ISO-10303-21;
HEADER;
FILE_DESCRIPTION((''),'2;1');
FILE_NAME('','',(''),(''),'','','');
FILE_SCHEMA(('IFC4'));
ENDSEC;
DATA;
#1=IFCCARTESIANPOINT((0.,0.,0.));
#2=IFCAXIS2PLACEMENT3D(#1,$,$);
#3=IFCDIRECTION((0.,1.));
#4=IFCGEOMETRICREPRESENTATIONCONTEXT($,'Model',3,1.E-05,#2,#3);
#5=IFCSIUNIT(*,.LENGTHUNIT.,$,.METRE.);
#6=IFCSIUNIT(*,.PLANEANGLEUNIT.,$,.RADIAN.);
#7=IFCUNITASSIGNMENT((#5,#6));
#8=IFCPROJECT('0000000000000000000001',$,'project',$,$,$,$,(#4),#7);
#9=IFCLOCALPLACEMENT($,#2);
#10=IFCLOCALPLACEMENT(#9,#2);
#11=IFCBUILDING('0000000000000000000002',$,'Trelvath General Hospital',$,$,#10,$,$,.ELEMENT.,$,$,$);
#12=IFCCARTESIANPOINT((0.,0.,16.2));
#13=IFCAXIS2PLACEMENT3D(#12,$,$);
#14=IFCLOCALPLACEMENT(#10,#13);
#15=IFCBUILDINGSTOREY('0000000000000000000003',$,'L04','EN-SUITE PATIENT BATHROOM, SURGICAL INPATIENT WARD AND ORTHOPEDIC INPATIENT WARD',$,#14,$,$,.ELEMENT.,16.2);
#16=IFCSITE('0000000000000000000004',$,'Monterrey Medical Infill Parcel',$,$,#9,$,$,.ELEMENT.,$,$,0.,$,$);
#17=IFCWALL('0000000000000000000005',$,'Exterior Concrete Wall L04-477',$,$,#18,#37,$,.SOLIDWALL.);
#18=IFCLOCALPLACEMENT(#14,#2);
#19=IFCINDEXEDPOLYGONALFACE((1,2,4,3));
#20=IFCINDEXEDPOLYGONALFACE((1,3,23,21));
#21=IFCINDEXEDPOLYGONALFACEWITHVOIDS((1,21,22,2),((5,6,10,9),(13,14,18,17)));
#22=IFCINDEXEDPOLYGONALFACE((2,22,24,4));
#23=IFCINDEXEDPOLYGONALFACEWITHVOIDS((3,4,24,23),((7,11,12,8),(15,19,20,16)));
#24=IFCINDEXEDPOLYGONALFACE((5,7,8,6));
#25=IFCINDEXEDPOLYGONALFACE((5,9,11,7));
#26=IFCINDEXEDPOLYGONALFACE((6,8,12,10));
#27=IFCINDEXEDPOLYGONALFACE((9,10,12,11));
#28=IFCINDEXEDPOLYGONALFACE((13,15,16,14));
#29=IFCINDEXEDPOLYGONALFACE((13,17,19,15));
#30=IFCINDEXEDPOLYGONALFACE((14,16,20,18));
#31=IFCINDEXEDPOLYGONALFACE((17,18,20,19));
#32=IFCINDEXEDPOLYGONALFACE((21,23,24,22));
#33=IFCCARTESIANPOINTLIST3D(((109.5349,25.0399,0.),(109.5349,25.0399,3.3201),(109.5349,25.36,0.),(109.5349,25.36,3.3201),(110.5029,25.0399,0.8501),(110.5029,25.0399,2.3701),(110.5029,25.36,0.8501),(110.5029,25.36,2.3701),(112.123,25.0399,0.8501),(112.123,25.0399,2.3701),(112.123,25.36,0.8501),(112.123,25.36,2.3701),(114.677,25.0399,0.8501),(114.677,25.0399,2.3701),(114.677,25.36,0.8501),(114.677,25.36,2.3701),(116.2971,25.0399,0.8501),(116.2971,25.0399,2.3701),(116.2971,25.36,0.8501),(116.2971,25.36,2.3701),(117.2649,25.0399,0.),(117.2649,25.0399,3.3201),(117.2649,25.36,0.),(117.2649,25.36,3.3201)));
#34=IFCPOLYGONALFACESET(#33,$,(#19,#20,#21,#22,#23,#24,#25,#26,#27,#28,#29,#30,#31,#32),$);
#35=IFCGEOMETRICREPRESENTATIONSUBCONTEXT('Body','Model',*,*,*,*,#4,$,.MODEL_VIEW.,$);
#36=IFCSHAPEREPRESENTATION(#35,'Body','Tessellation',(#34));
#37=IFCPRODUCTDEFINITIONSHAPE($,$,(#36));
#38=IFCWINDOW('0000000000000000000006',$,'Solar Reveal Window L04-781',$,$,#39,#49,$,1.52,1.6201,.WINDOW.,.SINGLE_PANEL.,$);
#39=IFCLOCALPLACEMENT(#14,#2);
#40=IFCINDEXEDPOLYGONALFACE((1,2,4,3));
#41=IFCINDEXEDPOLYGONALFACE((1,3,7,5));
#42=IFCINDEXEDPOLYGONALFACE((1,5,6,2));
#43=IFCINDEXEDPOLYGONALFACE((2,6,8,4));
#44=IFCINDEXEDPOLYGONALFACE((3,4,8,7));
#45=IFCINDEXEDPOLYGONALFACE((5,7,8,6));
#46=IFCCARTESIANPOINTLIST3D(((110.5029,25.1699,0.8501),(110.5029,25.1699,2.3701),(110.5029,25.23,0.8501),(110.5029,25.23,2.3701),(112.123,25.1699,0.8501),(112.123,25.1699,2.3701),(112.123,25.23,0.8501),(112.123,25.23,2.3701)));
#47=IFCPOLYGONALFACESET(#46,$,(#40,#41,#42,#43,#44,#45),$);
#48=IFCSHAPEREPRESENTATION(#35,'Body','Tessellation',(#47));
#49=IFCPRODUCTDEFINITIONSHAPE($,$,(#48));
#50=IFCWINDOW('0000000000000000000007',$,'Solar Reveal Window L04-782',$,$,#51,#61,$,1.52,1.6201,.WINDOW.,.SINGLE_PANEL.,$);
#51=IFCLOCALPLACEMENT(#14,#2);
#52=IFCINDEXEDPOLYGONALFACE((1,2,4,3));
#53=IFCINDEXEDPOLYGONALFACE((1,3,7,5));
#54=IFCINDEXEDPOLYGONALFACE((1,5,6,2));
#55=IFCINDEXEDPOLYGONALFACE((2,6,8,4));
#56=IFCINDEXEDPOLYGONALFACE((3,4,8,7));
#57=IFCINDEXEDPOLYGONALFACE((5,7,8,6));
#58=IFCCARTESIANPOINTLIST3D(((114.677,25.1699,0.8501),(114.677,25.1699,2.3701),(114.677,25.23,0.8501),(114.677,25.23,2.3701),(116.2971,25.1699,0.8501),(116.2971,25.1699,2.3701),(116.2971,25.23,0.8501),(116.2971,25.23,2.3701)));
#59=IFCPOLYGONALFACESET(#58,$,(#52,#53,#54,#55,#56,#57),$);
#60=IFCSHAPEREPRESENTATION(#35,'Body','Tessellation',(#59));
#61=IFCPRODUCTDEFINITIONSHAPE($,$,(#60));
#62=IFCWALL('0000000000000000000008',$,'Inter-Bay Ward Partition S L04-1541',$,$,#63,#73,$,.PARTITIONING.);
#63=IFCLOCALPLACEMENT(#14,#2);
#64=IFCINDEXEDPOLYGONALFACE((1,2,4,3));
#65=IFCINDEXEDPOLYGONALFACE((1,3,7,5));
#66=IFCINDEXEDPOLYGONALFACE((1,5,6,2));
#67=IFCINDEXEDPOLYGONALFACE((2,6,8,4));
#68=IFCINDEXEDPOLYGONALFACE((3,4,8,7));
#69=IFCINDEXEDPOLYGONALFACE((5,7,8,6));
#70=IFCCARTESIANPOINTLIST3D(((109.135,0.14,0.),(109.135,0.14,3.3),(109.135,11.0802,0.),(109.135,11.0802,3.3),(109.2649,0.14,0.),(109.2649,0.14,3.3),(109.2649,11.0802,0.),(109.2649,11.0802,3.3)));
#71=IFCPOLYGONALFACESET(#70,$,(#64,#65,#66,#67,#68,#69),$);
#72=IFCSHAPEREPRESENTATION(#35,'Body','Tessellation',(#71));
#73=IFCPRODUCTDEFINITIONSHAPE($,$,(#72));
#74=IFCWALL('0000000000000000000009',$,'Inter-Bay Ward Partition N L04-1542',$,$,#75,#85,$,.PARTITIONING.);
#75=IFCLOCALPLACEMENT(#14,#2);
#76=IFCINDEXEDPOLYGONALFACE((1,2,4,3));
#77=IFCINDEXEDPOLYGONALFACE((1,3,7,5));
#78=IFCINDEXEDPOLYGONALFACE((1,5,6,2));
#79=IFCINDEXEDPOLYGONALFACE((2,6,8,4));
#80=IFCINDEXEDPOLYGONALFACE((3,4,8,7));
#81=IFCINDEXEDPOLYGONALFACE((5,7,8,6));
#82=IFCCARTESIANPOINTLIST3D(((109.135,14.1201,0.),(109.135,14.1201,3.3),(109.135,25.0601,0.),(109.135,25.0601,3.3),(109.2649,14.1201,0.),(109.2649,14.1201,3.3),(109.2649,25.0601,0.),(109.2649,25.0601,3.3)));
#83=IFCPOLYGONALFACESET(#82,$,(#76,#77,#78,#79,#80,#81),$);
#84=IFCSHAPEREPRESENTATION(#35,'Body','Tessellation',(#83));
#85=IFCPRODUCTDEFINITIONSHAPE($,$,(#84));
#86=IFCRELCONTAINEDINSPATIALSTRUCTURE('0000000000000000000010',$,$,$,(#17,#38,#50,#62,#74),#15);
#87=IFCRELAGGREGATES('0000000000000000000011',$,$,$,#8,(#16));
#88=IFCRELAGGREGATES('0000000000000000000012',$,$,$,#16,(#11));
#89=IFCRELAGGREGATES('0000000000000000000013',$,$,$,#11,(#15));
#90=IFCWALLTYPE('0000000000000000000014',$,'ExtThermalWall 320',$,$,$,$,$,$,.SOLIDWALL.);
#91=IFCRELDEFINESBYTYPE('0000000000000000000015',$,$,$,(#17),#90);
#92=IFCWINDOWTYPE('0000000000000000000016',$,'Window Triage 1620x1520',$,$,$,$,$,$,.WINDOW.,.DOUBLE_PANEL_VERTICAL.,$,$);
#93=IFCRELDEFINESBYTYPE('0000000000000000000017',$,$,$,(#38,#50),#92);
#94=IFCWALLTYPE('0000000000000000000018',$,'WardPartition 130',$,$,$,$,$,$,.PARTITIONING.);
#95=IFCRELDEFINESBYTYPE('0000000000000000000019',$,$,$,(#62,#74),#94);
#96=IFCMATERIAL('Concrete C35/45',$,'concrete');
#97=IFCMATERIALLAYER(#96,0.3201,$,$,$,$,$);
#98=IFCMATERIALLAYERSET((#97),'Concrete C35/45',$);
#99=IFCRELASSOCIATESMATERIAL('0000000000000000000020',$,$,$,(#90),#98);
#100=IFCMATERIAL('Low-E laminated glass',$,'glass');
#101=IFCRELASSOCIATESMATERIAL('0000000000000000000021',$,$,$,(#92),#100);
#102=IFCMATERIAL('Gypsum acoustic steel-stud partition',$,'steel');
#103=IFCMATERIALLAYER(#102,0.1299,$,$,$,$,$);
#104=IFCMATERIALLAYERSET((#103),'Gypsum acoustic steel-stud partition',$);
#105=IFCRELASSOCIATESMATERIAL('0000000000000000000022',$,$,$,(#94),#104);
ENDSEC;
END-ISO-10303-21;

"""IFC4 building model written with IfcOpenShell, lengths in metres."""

from ifc_helpers import new_model, si_unit, direction, frame, frame_2d, origin, place, context, subcontext, project, spatial, rectangle, extrude, material, layer, layer_set, type_object, element, fill, save


model = new_model("IFC4")

# Units and contexts
model_context = context("Model", 3, precision=1e-05, world=origin(), true_north=direction((0.0, 1.0)))
body_context = subcontext(model_context, "Body", "Model", "MODEL_VIEW")
ifc_project = project(units=[si_unit("LENGTHUNIT", "METRE"), si_unit("PLANEANGLEUNIT", "RADIAN")], contexts=[model_context])

# Site, building, storey
site_placement = place(None, origin())
site = spatial("IfcSite", under=ifc_project, at=site_placement, Name="Monterrey Medical Infill Parcel", CompositionType="ELEMENT", RefElevation=0.0)
building_placement = place(site_placement, origin())
building = spatial("IfcBuilding", under=site, at=building_placement, Name="Trelvath General Hospital", CompositionType="ELEMENT")
storey_placement = place(building_placement, frame((0.0, 0.0, 16.2)))
storey = spatial("IfcBuildingStorey", under=building, at=storey_placement, Name="L04", Description="EN-SUITE PATIENT BATHROOM, SURGICAL INPATIENT WARD AND ORTHOPEDIC INPATIENT WARD", CompositionType="ELEMENT", Elevation=16.2)

# Wall, openings, windows
ifc_material_1 = material(Name="Concrete C35/45", Category="concrete")
ifc_layer_1 = layer(ifc_material_1, 0.3201)
ifc_layer_set_1 = layer_set([ifc_layer_1], Name="Concrete C35/45")
wall_type_1 = type_object("IfcWallType", Name="ExtThermalWall 320", PredefinedType="SOLIDWALL", material=ifc_layer_set_1)
wall_1_placement = place(storey_placement, frame((109.5349, 25.2, 0.0), z_axis=(0.0, 0.0, 1.0), x_axis=(1.0, 0.0, 0.0)))
wall_1 = element("IfcWall", 1, at=wall_1_placement, inside=storey, type_object=wall_type_1, Name="Exterior Concrete Wall L04-477", PredefinedType="SOLIDWALL", context=body_context, shape_type="SweptSolid", body=[
    extrude(rectangle(XDim=7.73, YDim=0.3201, at=frame_2d((3.865, 0.0))), origin(), (0.0, 0.0, 1.0), 3.3201),
])
opening_1_placement = place(wall_1_placement, frame((0.968, 0.0, 0.8501)))
opening_1 = element("IfcOpeningElement", 2, at=opening_1_placement, cuts=wall_1, PredefinedType="OPENING", context=body_context, shape_type="SweptSolid", body=[
    extrude(rectangle(XDim=1.6201, YDim=1.52, at=frame_2d((0.8101, 0.76))), frame((0.0, 0.1699, 0.0), z_axis=(0.0, -1.0, 0.0), x_axis=(1.0, 0.0, 0.0)), (0.0, 0.0, 1.0), 0.3401),
])
opening_2_placement = place(wall_1_placement, frame((5.1421, 0.0, 0.8501)))
opening_2 = element("IfcOpeningElement", 3, at=opening_2_placement, cuts=wall_1, PredefinedType="OPENING", context=body_context, shape_type="SweptSolid", body=[
    extrude(rectangle(XDim=1.6201, YDim=1.52, at=frame_2d((0.8101, 0.76))), frame((0.0, 0.1699, 0.0), z_axis=(0.0, -1.0, 0.0), x_axis=(1.0, 0.0, 0.0)), (0.0, 0.0, 1.0), 0.3401),
])
ifc_material_2 = material(Name="Low-E laminated glass", Category="glass")
window_type_1 = type_object("IfcWindowType", Name="Window Triage 1620x1520", PartitioningType="DOUBLE_PANEL_VERTICAL", PredefinedType="WINDOW", material=ifc_material_2)
window_1_placement = place(opening_1_placement, origin())
window_1 = element("IfcWindow", 4, at=window_1_placement, inside=storey, type_object=window_type_1, Name="Solar Reveal Window L04-781", OverallHeight=1.52, OverallWidth=1.6201, PartitioningType="SINGLE_PANEL", PredefinedType="WINDOW", context=body_context, shape_type="SweptSolid", body=[
    extrude(rectangle(XDim=1.6201, YDim=1.52, at=frame_2d((0.8101, 0.76))), frame((0.0, 0.03, 0.0), z_axis=(0.0, -1.0, 0.0), x_axis=(1.0, 0.0, 0.0)), (0.0, 0.0, 1.0), 0.0601),
])
fill(opening_1, window_1)
window_2_placement = place(opening_2_placement, origin())
window_2 = element("IfcWindow", 5, at=window_2_placement, inside=storey, type_object=window_type_1, Name="Solar Reveal Window L04-782", OverallHeight=1.52, OverallWidth=1.6201, PartitioningType="SINGLE_PANEL", PredefinedType="WINDOW", context=body_context, shape_type="SweptSolid", body=[
    extrude(rectangle(XDim=1.6201, YDim=1.52, at=frame_2d((0.8101, 0.76))), frame((0.0, 0.03, 0.0), z_axis=(0.0, -1.0, 0.0), x_axis=(1.0, 0.0, 0.0)), (0.0, 0.0, 1.0), 0.0601),
])
fill(opening_2, window_2)

# Walls
ifc_material_3 = material(Name="Gypsum acoustic steel-stud partition", Category="steel")
ifc_layer_2 = layer(ifc_material_3, 0.1299)
ifc_layer_set_2 = layer_set([ifc_layer_2], Name="Gypsum acoustic steel-stud partition")
wall_type_2 = type_object("IfcWallType", Name="WardPartition 130", PredefinedType="PARTITIONING", material=ifc_layer_set_2)
wall_2_placement = place(storey_placement, frame((109.2, 0.1399, 0.0), z_axis=(0.0, 0.0, 1.0), x_axis=(0.0, 1.0, 0.0)))
element("IfcWall", 6, at=wall_2_placement, inside=storey, type_object=wall_type_2, Name="Inter-Bay Ward Partition S L04-1541", PredefinedType="PARTITIONING", context=body_context, shape_type="SweptSolid", body=[
    extrude(rectangle(XDim=10.9402, YDim=0.1299, at=frame_2d((5.4702, 0.0))), origin(), (0.0, 0.0, 1.0), 3.3),
])
wall_3_placement = place(storey_placement, frame((109.2, 14.1201, 0.0), z_axis=(0.0, 0.0, 1.0), x_axis=(0.0, 1.0, 0.0)))
element("IfcWall", 7, at=wall_3_placement, inside=storey, type_object=wall_type_2, Name="Inter-Bay Ward Partition N L04-1542", PredefinedType="PARTITIONING", context=body_context, shape_type="SweptSolid", body=[
    extrude(rectangle(XDim=10.9399, YDim=0.1299, at=frame_2d((5.47, 0.0))), origin(), (0.0, 0.0, 1.0), 3.3),
])

save(model, "model.ifc")
